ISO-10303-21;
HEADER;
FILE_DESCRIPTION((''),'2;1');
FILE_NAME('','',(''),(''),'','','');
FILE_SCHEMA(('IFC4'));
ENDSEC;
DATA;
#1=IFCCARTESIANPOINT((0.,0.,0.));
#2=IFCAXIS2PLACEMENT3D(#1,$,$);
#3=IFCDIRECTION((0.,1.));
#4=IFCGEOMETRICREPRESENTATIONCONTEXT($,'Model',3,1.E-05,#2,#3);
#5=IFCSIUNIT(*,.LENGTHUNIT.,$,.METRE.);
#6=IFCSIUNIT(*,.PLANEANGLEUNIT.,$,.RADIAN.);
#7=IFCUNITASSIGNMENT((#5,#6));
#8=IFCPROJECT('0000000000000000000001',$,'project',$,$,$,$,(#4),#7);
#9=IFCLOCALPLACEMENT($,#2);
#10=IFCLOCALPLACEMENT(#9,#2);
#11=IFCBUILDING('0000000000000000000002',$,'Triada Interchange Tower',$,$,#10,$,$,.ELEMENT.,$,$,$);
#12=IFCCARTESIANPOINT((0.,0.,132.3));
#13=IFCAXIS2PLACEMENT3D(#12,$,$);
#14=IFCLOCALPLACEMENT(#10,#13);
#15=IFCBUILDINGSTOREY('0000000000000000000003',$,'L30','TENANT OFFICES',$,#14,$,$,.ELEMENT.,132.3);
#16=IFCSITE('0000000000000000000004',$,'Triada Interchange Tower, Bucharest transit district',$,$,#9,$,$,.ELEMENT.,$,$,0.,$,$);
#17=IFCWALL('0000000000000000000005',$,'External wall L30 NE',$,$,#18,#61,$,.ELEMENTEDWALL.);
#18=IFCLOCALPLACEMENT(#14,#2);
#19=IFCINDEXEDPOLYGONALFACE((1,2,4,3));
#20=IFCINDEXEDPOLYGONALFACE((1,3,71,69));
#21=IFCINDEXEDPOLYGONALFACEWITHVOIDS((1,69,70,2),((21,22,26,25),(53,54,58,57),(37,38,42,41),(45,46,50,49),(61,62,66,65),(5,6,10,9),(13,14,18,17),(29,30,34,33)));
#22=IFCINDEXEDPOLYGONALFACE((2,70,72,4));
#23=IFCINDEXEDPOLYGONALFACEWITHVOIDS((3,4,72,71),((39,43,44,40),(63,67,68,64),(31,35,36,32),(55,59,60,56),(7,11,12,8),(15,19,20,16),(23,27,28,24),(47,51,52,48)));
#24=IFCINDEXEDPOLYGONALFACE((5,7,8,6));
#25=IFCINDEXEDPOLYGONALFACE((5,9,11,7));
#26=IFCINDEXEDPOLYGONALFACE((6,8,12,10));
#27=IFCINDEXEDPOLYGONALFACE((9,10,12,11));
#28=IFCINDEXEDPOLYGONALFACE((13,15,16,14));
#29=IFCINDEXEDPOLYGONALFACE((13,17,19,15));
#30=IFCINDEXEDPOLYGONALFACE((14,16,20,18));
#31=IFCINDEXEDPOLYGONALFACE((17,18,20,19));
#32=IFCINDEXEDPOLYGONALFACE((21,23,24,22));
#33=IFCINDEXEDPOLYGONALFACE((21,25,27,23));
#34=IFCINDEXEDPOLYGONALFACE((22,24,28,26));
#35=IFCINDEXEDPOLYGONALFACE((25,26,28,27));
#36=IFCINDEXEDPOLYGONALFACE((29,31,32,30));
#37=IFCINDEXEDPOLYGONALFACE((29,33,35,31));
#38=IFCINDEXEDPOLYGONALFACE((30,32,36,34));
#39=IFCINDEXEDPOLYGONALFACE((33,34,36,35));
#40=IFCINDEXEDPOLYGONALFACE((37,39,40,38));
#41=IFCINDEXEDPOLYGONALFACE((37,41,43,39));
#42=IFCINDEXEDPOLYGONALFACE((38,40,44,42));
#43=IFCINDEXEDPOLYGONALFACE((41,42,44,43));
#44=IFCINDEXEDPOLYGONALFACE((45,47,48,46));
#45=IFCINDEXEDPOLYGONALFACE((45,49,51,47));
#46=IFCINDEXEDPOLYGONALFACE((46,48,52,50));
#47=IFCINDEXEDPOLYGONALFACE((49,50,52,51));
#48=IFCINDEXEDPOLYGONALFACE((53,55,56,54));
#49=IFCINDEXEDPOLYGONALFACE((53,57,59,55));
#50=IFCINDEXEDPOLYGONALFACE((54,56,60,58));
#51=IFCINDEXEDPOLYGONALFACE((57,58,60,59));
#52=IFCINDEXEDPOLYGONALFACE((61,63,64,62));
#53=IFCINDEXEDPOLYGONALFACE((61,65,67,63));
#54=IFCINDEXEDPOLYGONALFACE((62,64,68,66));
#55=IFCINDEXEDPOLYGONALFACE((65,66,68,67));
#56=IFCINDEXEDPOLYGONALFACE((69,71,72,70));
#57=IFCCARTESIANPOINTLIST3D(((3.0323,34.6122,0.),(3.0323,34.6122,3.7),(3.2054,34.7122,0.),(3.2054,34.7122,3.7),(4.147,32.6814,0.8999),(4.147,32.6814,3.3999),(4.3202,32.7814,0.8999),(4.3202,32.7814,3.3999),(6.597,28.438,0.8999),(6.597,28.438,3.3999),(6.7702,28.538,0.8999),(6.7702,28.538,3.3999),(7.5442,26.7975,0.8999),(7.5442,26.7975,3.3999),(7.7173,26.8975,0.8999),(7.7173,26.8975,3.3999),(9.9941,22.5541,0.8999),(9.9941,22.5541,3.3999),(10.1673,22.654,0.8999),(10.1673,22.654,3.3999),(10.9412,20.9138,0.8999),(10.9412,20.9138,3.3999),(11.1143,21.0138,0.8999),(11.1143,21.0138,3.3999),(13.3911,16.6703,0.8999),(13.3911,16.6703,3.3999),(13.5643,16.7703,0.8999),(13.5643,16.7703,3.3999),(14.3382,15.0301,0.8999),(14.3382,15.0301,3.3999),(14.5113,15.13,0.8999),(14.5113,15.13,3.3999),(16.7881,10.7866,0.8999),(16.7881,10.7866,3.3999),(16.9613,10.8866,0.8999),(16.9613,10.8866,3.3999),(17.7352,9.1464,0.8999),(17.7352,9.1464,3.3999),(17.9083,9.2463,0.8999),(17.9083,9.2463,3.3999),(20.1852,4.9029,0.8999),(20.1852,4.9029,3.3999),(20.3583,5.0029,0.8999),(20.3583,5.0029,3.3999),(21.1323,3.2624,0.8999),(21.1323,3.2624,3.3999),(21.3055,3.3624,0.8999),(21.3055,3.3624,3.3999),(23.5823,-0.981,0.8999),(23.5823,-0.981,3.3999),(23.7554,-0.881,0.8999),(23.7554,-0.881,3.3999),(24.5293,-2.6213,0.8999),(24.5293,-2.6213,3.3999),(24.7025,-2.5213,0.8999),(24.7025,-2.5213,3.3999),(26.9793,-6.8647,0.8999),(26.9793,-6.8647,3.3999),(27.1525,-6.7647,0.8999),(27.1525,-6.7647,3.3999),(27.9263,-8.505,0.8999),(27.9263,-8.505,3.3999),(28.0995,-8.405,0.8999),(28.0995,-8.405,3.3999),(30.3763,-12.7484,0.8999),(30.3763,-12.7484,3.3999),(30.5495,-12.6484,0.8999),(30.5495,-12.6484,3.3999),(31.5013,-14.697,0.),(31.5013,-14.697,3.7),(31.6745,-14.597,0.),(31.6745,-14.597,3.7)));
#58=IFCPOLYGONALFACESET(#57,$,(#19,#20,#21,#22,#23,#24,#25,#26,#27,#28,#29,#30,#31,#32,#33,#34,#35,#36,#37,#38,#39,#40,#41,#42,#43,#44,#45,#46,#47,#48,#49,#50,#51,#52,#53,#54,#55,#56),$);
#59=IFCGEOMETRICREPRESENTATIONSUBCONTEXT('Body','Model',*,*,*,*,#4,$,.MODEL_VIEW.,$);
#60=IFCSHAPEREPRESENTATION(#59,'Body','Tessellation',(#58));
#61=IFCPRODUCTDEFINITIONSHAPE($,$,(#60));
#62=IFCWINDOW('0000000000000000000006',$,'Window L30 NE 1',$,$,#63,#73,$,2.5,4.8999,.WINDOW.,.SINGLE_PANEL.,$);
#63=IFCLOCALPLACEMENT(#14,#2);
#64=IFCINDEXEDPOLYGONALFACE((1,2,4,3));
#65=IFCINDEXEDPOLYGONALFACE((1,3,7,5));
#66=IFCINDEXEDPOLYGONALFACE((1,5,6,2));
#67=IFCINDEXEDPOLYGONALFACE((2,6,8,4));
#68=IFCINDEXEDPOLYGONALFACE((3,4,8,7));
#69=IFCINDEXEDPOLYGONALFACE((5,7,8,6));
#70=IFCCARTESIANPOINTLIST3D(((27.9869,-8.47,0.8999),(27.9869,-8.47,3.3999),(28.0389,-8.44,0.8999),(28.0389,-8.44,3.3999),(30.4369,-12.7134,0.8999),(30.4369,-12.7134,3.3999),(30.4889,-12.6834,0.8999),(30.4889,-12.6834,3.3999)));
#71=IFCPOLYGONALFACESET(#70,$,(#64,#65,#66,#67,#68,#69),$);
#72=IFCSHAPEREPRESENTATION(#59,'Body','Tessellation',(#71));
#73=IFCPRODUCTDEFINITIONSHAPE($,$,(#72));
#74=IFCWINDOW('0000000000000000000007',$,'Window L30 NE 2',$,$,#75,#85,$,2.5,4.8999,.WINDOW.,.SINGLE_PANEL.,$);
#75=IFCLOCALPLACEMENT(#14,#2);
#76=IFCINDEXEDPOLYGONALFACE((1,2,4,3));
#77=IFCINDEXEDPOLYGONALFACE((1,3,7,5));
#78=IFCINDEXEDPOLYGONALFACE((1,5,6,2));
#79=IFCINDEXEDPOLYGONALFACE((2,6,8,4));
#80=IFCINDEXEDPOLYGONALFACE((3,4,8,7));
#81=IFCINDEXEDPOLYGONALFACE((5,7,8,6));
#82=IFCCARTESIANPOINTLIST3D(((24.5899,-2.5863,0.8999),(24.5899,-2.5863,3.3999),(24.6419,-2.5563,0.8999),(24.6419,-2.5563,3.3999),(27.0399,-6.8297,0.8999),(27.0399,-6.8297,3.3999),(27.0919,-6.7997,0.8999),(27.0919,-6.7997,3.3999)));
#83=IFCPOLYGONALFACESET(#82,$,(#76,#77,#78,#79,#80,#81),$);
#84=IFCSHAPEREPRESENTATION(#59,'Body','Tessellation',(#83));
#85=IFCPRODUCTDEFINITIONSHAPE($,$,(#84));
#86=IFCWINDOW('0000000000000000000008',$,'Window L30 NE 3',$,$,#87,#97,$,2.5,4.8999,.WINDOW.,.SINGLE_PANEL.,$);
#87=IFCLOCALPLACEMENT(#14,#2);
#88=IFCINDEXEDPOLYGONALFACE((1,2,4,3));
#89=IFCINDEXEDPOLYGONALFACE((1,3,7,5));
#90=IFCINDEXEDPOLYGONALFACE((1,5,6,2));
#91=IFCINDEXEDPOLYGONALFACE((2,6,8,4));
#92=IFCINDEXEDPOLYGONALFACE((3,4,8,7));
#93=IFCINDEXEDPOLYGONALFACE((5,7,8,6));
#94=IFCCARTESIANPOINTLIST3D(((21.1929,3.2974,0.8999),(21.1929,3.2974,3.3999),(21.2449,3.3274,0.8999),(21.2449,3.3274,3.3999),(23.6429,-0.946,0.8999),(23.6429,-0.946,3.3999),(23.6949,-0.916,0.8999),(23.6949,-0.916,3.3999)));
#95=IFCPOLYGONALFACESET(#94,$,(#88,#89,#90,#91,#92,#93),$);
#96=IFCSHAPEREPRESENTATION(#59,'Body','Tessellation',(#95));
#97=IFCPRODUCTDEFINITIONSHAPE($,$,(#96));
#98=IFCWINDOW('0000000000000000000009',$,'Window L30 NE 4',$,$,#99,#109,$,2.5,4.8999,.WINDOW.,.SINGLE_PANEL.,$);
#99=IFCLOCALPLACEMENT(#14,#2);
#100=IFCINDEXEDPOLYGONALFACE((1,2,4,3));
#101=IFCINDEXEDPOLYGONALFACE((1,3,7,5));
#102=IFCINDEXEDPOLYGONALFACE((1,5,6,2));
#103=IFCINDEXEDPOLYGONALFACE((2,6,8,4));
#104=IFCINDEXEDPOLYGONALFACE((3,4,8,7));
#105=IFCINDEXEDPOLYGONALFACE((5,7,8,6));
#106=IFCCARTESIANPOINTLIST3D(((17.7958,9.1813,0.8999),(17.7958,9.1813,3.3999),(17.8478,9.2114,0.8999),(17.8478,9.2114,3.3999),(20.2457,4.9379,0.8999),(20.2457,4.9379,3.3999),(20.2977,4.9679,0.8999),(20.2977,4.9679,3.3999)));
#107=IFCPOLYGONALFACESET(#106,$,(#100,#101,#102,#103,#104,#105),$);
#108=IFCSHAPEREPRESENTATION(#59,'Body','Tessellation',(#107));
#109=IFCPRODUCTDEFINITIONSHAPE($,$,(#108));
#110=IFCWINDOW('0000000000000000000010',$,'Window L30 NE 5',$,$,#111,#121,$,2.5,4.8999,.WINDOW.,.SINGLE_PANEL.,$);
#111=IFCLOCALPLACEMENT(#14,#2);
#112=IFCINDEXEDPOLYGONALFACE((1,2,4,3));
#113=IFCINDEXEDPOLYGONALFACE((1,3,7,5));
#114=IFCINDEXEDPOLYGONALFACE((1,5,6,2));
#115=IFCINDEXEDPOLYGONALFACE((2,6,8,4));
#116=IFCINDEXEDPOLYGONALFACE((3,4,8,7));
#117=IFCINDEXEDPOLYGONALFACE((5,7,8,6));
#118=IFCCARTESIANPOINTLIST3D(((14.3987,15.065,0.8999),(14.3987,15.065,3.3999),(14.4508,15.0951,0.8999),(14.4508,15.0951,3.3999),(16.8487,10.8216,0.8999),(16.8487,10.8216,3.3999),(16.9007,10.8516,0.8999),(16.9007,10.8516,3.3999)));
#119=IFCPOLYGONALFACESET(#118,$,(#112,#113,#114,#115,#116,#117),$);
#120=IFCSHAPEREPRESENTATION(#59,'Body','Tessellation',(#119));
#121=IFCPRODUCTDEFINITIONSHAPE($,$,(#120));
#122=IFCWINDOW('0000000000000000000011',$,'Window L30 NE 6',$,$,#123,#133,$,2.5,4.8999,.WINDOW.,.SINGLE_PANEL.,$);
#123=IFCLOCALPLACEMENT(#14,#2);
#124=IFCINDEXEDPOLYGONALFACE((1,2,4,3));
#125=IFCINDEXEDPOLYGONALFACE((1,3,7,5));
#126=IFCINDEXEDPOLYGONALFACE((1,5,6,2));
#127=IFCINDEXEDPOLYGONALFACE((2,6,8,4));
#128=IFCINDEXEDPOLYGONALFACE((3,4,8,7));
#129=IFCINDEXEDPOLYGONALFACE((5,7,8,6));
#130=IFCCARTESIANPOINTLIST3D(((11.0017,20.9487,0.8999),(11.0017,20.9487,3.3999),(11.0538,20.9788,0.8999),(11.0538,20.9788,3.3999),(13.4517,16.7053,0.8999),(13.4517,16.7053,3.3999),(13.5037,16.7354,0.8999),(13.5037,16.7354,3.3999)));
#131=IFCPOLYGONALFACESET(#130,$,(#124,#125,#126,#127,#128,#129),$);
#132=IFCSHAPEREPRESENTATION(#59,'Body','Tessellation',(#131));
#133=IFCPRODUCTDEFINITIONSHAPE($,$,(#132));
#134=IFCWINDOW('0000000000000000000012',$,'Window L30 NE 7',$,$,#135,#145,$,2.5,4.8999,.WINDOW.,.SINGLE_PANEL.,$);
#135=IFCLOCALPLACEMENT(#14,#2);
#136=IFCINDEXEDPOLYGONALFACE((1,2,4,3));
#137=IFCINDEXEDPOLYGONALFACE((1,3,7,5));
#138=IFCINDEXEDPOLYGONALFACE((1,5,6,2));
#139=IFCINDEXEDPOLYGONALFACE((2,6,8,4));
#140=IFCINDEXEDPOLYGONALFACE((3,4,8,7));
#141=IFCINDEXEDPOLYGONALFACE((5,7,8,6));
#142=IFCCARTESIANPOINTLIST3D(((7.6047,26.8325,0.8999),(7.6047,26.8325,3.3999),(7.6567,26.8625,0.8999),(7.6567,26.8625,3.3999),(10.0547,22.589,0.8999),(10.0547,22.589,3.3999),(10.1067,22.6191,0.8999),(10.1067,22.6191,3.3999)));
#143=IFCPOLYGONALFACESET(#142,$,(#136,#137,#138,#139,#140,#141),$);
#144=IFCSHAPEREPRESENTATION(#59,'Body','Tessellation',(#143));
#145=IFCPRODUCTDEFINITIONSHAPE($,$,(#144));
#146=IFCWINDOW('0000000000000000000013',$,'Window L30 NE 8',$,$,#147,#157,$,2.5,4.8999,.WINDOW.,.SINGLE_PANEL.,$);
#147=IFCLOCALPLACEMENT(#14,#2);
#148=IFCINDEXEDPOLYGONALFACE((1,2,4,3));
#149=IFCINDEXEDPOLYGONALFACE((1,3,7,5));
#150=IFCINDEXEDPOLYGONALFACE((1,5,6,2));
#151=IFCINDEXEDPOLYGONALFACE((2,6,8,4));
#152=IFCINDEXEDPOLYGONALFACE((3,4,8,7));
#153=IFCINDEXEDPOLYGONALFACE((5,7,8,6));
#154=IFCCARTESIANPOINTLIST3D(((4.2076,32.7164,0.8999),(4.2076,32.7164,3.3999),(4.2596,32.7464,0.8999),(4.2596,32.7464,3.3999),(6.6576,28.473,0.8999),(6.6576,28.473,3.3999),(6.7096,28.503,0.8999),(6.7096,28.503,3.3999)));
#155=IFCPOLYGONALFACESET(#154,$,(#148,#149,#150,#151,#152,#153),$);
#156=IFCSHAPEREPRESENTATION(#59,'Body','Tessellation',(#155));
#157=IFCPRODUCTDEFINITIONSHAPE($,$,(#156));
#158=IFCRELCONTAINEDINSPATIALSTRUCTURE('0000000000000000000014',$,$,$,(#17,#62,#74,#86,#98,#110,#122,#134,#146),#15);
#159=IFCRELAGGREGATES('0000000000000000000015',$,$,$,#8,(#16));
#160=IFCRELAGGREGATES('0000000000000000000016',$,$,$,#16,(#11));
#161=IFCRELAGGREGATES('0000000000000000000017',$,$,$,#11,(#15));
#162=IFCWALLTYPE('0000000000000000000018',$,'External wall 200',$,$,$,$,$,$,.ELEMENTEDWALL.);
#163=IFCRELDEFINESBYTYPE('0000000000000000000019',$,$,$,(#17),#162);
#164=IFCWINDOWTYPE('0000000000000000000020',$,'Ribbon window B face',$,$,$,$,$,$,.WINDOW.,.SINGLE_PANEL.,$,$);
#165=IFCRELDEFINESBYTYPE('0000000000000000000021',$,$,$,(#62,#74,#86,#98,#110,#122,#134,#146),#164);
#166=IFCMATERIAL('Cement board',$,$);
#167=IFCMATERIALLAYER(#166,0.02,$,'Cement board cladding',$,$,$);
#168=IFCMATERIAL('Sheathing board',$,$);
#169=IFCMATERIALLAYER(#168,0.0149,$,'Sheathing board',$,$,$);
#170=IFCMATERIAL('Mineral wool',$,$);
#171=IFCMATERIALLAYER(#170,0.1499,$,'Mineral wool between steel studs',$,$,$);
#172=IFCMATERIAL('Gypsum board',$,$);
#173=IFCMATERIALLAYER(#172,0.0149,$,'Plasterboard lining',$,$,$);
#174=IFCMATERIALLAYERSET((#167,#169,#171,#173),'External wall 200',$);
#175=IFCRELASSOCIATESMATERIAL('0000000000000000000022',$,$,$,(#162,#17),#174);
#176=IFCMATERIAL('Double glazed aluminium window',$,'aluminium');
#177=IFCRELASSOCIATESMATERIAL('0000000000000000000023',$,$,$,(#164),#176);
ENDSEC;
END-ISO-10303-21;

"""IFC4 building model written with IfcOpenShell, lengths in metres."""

from ifc_helpers import new_model, si_unit, direction, frame, frame_2d, origin, place, context, subcontext, project, spatial, rectangle, extrude, material, layer, layer_set, layer_usage, type_object, element, fill, save


model = new_model("IFC4")

# Units and contexts
model_context = context("Model", 3, precision=1e-05, world=origin(), true_north=direction((0.0, 1.0)))
body_context = subcontext(model_context, "Body", "Model", "MODEL_VIEW")
ifc_project = project(units=[si_unit("LENGTHUNIT", "METRE"), si_unit("PLANEANGLEUNIT", "RADIAN")], contexts=[model_context])

# Site, building, storey
site_placement = place(None, origin())
site = spatial("IfcSite", under=ifc_project, at=site_placement, Name="Triada Interchange Tower, Bucharest transit district", CompositionType="ELEMENT", RefElevation=0.0)
building_placement = place(site_placement, origin())
building = spatial("IfcBuilding", under=site, at=building_placement, Name="Triada Interchange Tower", CompositionType="ELEMENT")
storey_placement = place(building_placement, frame((0.0, 0.0, 132.3)))
storey = spatial("IfcBuildingStorey", under=building, at=storey_placement, Name="L30", Description="TENANT OFFICES", CompositionType="ELEMENT", Elevation=132.3)

# Shared definitions
ifc_material_1 = material(Name="Cement board")
ifc_layer_1 = layer(ifc_material_1, 0.02, Name="Cement board cladding")
ifc_material_2 = material(Name="Sheathing board")
ifc_layer_2 = layer(ifc_material_2, 0.0149, Name="Sheathing board")
ifc_material_3 = material(Name="Mineral wool")
ifc_layer_3 = layer(ifc_material_3, 0.1499, Name="Mineral wool between steel studs")
ifc_material_4 = material(Name="Gypsum board")
ifc_layer_4 = layer(ifc_material_4, 0.0149, Name="Plasterboard lining")
ifc_layer_set_1 = layer_set([ifc_layer_1, ifc_layer_2, ifc_layer_3, ifc_layer_4], Name="External wall 200")
ifc_layer_usage = layer_usage(ifc_layer_set_1, "AXIS2", "POSITIVE", -0.1001)
wall_type = type_object("IfcWallType", Name="External wall 200", PredefinedType="ELEMENTEDWALL", material=ifc_layer_set_1)
ifc_material_5 = material(Name="Double glazed aluminium window", Category="aluminium")

# Wall, openings, windows
wall_1_placement = place(storey_placement, frame((31.5879, -14.647, 0.0), z_axis=(0.0, 0.0, 1.0), x_axis=(-0.500005, 0.866022, 0.0)))
wall_1 = element("IfcWall", 1, at=wall_1_placement, inside=storey, type_object=wall_type, material=ifc_layer_usage, Name="External wall L30 NE", PredefinedType="ELEMENTEDWALL", context=body_context, shape_type="SweptSolid", body=[
    extrude(rectangle(XDim=56.9375, YDim=0.2, at=frame_2d((28.4688, 0.0))), origin(), (0.0, 0.0, 1.0), 3.7),
])
opening_1_placement = place(wall_1_placement, frame((2.25, 0.0, 0.8999)))
opening_1 = element("IfcOpeningElement", 2, at=opening_1_placement, cuts=wall_1, PredefinedType="OPENING", context=body_context, shape_type="SweptSolid", body=[
    extrude(rectangle(XDim=4.8999, YDim=2.5, at=frame_2d((2.45, 1.25))), frame((0.0, 0.1099, 0.0), z_axis=(0.0, -1.0, 0.0), x_axis=(1.0, 0.0, 0.0)), (0.0, 0.0, 1.0), 0.22),
])
opening_2_placement = place(wall_1_placement, frame((9.0439, 0.0, 0.8999)))
opening_2 = element("IfcOpeningElement", 3, at=opening_2_placement, cuts=wall_1, PredefinedType="OPENING", context=body_context, shape_type="SweptSolid", body=[
    extrude(rectangle(XDim=4.8999, YDim=2.5, at=frame_2d((2.45, 1.25))), frame((0.0, 0.1099, 0.0), z_axis=(0.0, -1.0, 0.0), x_axis=(1.0, 0.0, 0.0)), (0.0, 0.0, 1.0), 0.22),
])
opening_3_placement = place(wall_1_placement, frame((15.8379, 0.0, 0.8999)))
opening_3 = element("IfcOpeningElement", 4, at=opening_3_placement, cuts=wall_1, PredefinedType="OPENING", context=body_context, shape_type="SweptSolid", body=[
    extrude(rectangle(XDim=4.8999, YDim=2.5, at=frame_2d((2.45, 1.25))), frame((0.0, 0.1099, 0.0), z_axis=(0.0, -1.0, 0.0), x_axis=(1.0, 0.0, 0.0)), (0.0, 0.0, 1.0), 0.22),
])
opening_4_placement = place(wall_1_placement, frame((22.6321, 0.0, 0.8999)))
opening_4 = element("IfcOpeningElement", 5, at=opening_4_placement, cuts=wall_1, PredefinedType="OPENING", context=body_context, shape_type="SweptSolid", body=[
    extrude(rectangle(XDim=4.8999, YDim=2.5, at=frame_2d((2.45, 1.25))), frame((0.0, 0.1099, 0.0), z_axis=(0.0, -1.0, 0.0), x_axis=(1.0, 0.0, 0.0)), (0.0, 0.0, 1.0), 0.22),
])
opening_5_placement = place(wall_1_placement, frame((29.426, 0.0, 0.8999)))
opening_5 = element("IfcOpeningElement", 6, at=opening_5_placement, cuts=wall_1, PredefinedType="OPENING", context=body_context, shape_type="SweptSolid", body=[
    extrude(rectangle(XDim=4.8999, YDim=2.5, at=frame_2d((2.45, 1.25))), frame((0.0, 0.1099, 0.0), z_axis=(0.0, -1.0, 0.0), x_axis=(1.0, 0.0, 0.0)), (0.0, 0.0, 1.0), 0.22),
])
opening_6_placement = place(wall_1_placement, frame((36.22, 0.0, 0.8999)))
opening_6 = element("IfcOpeningElement", 7, at=opening_6_placement, cuts=wall_1, PredefinedType="OPENING", context=body_context, shape_type="SweptSolid", body=[
    extrude(rectangle(XDim=4.8999, YDim=2.5, at=frame_2d((2.45, 1.25))), frame((0.0, 0.1099, 0.0), z_axis=(0.0, -1.0, 0.0), x_axis=(1.0, 0.0, 0.0)), (0.0, 0.0, 1.0), 0.22),
])
opening_7_placement = place(wall_1_placement, frame((43.0139, 0.0, 0.8999)))
opening_7 = element("IfcOpeningElement", 8, at=opening_7_placement, cuts=wall_1, PredefinedType="OPENING", context=body_context, shape_type="SweptSolid", body=[
    extrude(rectangle(XDim=4.8999, YDim=2.5, at=frame_2d((2.45, 1.25))), frame((0.0, 0.1099, 0.0), z_axis=(0.0, -1.0, 0.0), x_axis=(1.0, 0.0, 0.0)), (0.0, 0.0, 1.0), 0.22),
])
opening_8_placement = place(wall_1_placement, frame((49.8081, 0.0, 0.8999)))
opening_8 = element("IfcOpeningElement", 9, at=opening_8_placement, cuts=wall_1, PredefinedType="OPENING", context=body_context, shape_type="SweptSolid", body=[
    extrude(rectangle(XDim=4.8999, YDim=2.5, at=frame_2d((2.45, 1.25))), frame((0.0, 0.1099, 0.0), z_axis=(0.0, -1.0, 0.0), x_axis=(1.0, 0.0, 0.0)), (0.0, 0.0, 1.0), 0.22),
])
window_type_1 = type_object("IfcWindowType", Name="Ribbon window B face", PartitioningType="SINGLE_PANEL", PredefinedType="WINDOW", material=ifc_material_5)
window_1_placement = place(opening_1_placement, origin())
window_1 = element("IfcWindow", 10, at=window_1_placement, inside=storey, type_object=window_type_1, Name="Window L30 NE 1", OverallHeight=2.5, OverallWidth=4.8999, PartitioningType="SINGLE_PANEL", PredefinedType="WINDOW", context=body_context, shape_type="SweptSolid", body=[
    extrude(rectangle(XDim=4.8999, YDim=2.5, at=frame_2d((2.45, 1.25))), frame((0.0, 0.03, 0.0), z_axis=(0.0, -1.0, 0.0), x_axis=(1.0, 0.0, 0.0)), (0.0, 0.0, 1.0), 0.0601),
])
fill(opening_1, window_1)
window_2_placement = place(opening_2_placement, origin())
window_2 = element("IfcWindow", 11, at=window_2_placement, inside=storey, type_object=window_type_1, Name="Window L30 NE 2", OverallHeight=2.5, OverallWidth=4.8999, PartitioningType="SINGLE_PANEL", PredefinedType="WINDOW", context=body_context, shape_type="SweptSolid", body=[
    extrude(rectangle(XDim=4.8999, YDim=2.5, at=frame_2d((2.45, 1.25))), frame((0.0, 0.03, 0.0), z_axis=(0.0, -1.0, 0.0), x_axis=(1.0, 0.0, 0.0)), (0.0, 0.0, 1.0), 0.0601),
])
fill(opening_2, window_2)
window_3_placement = place(opening_3_placement, origin())
window_3 = element("IfcWindow", 12, at=window_3_placement, inside=storey, type_object=window_type_1, Name="Window L30 NE 3", OverallHeight=2.5, OverallWidth=4.8999, PartitioningType="SINGLE_PANEL", PredefinedType="WINDOW", context=body_context, shape_type="SweptSolid", body=[
    extrude(rectangle(XDim=4.8999, YDim=2.5, at=frame_2d((2.45, 1.25))), frame((0.0, 0.03, 0.0), z_axis=(0.0, -1.0, 0.0), x_axis=(1.0, 0.0, 0.0)), (0.0, 0.0, 1.0), 0.0601),
])
fill(opening_3, window_3)
window_4_placement = place(opening_4_placement, origin())
window_4 = element("IfcWindow", 13, at=window_4_placement, inside=storey, type_object=window_type_1, Name="Window L30 NE 4", OverallHeight=2.5, OverallWidth=4.8999, PartitioningType="SINGLE_PANEL", PredefinedType="WINDOW", context=body_context, shape_type="SweptSolid", body=[
    extrude(rectangle(XDim=4.8999, YDim=2.5, at=frame_2d((2.45, 1.25))), frame((0.0, 0.03, 0.0), z_axis=(0.0, -1.0, 0.0), x_axis=(1.0, 0.0, 0.0)), (0.0, 0.0, 1.0), 0.0601),
])
fill(opening_4, window_4)
window_5_placement = place(opening_5_placement, origin())
window_5 = element("IfcWindow", 14, at=window_5_placement, inside=storey, type_object=window_type_1, Name="Window L30 NE 5", OverallHeight=2.5, OverallWidth=4.8999, PartitioningType="SINGLE_PANEL", PredefinedType="WINDOW", context=body_context, shape_type="SweptSolid", body=[
    extrude(rectangle(XDim=4.8999, YDim=2.5, at=frame_2d((2.45, 1.25))), frame((0.0, 0.03, 0.0), z_axis=(0.0, -1.0, 0.0), x_axis=(1.0, 0.0, 0.0)), (0.0, 0.0, 1.0), 0.0601),
])
fill(opening_5, window_5)
window_6_placement = place(opening_6_placement, origin())
window_6 = element("IfcWindow", 15, at=window_6_placement, inside=storey, type_object=window_type_1, Name="Window L30 NE 6", OverallHeight=2.5, OverallWidth=4.8999, PartitioningType="SINGLE_PANEL", PredefinedType="WINDOW", context=body_context, shape_type="SweptSolid", body=[
    extrude(rectangle(XDim=4.8999, YDim=2.5, at=frame_2d((2.45, 1.25))), frame((0.0, 0.03, 0.0), z_axis=(0.0, -1.0, 0.0), x_axis=(1.0, 0.0, 0.0)), (0.0, 0.0, 1.0), 0.0601),
])
fill(opening_6, window_6)
window_7_placement = place(opening_7_placement, origin())
window_7 = element("IfcWindow", 16, at=window_7_placement, inside=storey, type_object=window_type_1, Name="Window L30 NE 7", OverallHeight=2.5, OverallWidth=4.8999, PartitioningType="SINGLE_PANEL", PredefinedType="WINDOW", context=body_context, shape_type="SweptSolid", body=[
    extrude(rectangle(XDim=4.8999, YDim=2.5, at=frame_2d((2.45, 1.25))), frame((0.0, 0.03, 0.0), z_axis=(0.0, -1.0, 0.0), x_axis=(1.0, 0.0, 0.0)), (0.0, 0.0, 1.0), 0.0601),
])
fill(opening_7, window_7)
window_8_placement = place(opening_8_placement, origin())
window_8 = element("IfcWindow", 17, at=window_8_placement, inside=storey, type_object=window_type_1, Name="Window L30 NE 8", OverallHeight=2.5, OverallWidth=4.8999, PartitioningType="SINGLE_PANEL", PredefinedType="WINDOW", context=body_context, shape_type="SweptSolid", body=[
    extrude(rectangle(XDim=4.8999, YDim=2.5, at=frame_2d((2.45, 1.25))), frame((0.0, 0.03, 0.0), z_axis=(0.0, -1.0, 0.0), x_axis=(1.0, 0.0, 0.0)), (0.0, 0.0, 1.0), 0.0601),
])
fill(opening_8, window_8)

save(model, "model.ifc")
